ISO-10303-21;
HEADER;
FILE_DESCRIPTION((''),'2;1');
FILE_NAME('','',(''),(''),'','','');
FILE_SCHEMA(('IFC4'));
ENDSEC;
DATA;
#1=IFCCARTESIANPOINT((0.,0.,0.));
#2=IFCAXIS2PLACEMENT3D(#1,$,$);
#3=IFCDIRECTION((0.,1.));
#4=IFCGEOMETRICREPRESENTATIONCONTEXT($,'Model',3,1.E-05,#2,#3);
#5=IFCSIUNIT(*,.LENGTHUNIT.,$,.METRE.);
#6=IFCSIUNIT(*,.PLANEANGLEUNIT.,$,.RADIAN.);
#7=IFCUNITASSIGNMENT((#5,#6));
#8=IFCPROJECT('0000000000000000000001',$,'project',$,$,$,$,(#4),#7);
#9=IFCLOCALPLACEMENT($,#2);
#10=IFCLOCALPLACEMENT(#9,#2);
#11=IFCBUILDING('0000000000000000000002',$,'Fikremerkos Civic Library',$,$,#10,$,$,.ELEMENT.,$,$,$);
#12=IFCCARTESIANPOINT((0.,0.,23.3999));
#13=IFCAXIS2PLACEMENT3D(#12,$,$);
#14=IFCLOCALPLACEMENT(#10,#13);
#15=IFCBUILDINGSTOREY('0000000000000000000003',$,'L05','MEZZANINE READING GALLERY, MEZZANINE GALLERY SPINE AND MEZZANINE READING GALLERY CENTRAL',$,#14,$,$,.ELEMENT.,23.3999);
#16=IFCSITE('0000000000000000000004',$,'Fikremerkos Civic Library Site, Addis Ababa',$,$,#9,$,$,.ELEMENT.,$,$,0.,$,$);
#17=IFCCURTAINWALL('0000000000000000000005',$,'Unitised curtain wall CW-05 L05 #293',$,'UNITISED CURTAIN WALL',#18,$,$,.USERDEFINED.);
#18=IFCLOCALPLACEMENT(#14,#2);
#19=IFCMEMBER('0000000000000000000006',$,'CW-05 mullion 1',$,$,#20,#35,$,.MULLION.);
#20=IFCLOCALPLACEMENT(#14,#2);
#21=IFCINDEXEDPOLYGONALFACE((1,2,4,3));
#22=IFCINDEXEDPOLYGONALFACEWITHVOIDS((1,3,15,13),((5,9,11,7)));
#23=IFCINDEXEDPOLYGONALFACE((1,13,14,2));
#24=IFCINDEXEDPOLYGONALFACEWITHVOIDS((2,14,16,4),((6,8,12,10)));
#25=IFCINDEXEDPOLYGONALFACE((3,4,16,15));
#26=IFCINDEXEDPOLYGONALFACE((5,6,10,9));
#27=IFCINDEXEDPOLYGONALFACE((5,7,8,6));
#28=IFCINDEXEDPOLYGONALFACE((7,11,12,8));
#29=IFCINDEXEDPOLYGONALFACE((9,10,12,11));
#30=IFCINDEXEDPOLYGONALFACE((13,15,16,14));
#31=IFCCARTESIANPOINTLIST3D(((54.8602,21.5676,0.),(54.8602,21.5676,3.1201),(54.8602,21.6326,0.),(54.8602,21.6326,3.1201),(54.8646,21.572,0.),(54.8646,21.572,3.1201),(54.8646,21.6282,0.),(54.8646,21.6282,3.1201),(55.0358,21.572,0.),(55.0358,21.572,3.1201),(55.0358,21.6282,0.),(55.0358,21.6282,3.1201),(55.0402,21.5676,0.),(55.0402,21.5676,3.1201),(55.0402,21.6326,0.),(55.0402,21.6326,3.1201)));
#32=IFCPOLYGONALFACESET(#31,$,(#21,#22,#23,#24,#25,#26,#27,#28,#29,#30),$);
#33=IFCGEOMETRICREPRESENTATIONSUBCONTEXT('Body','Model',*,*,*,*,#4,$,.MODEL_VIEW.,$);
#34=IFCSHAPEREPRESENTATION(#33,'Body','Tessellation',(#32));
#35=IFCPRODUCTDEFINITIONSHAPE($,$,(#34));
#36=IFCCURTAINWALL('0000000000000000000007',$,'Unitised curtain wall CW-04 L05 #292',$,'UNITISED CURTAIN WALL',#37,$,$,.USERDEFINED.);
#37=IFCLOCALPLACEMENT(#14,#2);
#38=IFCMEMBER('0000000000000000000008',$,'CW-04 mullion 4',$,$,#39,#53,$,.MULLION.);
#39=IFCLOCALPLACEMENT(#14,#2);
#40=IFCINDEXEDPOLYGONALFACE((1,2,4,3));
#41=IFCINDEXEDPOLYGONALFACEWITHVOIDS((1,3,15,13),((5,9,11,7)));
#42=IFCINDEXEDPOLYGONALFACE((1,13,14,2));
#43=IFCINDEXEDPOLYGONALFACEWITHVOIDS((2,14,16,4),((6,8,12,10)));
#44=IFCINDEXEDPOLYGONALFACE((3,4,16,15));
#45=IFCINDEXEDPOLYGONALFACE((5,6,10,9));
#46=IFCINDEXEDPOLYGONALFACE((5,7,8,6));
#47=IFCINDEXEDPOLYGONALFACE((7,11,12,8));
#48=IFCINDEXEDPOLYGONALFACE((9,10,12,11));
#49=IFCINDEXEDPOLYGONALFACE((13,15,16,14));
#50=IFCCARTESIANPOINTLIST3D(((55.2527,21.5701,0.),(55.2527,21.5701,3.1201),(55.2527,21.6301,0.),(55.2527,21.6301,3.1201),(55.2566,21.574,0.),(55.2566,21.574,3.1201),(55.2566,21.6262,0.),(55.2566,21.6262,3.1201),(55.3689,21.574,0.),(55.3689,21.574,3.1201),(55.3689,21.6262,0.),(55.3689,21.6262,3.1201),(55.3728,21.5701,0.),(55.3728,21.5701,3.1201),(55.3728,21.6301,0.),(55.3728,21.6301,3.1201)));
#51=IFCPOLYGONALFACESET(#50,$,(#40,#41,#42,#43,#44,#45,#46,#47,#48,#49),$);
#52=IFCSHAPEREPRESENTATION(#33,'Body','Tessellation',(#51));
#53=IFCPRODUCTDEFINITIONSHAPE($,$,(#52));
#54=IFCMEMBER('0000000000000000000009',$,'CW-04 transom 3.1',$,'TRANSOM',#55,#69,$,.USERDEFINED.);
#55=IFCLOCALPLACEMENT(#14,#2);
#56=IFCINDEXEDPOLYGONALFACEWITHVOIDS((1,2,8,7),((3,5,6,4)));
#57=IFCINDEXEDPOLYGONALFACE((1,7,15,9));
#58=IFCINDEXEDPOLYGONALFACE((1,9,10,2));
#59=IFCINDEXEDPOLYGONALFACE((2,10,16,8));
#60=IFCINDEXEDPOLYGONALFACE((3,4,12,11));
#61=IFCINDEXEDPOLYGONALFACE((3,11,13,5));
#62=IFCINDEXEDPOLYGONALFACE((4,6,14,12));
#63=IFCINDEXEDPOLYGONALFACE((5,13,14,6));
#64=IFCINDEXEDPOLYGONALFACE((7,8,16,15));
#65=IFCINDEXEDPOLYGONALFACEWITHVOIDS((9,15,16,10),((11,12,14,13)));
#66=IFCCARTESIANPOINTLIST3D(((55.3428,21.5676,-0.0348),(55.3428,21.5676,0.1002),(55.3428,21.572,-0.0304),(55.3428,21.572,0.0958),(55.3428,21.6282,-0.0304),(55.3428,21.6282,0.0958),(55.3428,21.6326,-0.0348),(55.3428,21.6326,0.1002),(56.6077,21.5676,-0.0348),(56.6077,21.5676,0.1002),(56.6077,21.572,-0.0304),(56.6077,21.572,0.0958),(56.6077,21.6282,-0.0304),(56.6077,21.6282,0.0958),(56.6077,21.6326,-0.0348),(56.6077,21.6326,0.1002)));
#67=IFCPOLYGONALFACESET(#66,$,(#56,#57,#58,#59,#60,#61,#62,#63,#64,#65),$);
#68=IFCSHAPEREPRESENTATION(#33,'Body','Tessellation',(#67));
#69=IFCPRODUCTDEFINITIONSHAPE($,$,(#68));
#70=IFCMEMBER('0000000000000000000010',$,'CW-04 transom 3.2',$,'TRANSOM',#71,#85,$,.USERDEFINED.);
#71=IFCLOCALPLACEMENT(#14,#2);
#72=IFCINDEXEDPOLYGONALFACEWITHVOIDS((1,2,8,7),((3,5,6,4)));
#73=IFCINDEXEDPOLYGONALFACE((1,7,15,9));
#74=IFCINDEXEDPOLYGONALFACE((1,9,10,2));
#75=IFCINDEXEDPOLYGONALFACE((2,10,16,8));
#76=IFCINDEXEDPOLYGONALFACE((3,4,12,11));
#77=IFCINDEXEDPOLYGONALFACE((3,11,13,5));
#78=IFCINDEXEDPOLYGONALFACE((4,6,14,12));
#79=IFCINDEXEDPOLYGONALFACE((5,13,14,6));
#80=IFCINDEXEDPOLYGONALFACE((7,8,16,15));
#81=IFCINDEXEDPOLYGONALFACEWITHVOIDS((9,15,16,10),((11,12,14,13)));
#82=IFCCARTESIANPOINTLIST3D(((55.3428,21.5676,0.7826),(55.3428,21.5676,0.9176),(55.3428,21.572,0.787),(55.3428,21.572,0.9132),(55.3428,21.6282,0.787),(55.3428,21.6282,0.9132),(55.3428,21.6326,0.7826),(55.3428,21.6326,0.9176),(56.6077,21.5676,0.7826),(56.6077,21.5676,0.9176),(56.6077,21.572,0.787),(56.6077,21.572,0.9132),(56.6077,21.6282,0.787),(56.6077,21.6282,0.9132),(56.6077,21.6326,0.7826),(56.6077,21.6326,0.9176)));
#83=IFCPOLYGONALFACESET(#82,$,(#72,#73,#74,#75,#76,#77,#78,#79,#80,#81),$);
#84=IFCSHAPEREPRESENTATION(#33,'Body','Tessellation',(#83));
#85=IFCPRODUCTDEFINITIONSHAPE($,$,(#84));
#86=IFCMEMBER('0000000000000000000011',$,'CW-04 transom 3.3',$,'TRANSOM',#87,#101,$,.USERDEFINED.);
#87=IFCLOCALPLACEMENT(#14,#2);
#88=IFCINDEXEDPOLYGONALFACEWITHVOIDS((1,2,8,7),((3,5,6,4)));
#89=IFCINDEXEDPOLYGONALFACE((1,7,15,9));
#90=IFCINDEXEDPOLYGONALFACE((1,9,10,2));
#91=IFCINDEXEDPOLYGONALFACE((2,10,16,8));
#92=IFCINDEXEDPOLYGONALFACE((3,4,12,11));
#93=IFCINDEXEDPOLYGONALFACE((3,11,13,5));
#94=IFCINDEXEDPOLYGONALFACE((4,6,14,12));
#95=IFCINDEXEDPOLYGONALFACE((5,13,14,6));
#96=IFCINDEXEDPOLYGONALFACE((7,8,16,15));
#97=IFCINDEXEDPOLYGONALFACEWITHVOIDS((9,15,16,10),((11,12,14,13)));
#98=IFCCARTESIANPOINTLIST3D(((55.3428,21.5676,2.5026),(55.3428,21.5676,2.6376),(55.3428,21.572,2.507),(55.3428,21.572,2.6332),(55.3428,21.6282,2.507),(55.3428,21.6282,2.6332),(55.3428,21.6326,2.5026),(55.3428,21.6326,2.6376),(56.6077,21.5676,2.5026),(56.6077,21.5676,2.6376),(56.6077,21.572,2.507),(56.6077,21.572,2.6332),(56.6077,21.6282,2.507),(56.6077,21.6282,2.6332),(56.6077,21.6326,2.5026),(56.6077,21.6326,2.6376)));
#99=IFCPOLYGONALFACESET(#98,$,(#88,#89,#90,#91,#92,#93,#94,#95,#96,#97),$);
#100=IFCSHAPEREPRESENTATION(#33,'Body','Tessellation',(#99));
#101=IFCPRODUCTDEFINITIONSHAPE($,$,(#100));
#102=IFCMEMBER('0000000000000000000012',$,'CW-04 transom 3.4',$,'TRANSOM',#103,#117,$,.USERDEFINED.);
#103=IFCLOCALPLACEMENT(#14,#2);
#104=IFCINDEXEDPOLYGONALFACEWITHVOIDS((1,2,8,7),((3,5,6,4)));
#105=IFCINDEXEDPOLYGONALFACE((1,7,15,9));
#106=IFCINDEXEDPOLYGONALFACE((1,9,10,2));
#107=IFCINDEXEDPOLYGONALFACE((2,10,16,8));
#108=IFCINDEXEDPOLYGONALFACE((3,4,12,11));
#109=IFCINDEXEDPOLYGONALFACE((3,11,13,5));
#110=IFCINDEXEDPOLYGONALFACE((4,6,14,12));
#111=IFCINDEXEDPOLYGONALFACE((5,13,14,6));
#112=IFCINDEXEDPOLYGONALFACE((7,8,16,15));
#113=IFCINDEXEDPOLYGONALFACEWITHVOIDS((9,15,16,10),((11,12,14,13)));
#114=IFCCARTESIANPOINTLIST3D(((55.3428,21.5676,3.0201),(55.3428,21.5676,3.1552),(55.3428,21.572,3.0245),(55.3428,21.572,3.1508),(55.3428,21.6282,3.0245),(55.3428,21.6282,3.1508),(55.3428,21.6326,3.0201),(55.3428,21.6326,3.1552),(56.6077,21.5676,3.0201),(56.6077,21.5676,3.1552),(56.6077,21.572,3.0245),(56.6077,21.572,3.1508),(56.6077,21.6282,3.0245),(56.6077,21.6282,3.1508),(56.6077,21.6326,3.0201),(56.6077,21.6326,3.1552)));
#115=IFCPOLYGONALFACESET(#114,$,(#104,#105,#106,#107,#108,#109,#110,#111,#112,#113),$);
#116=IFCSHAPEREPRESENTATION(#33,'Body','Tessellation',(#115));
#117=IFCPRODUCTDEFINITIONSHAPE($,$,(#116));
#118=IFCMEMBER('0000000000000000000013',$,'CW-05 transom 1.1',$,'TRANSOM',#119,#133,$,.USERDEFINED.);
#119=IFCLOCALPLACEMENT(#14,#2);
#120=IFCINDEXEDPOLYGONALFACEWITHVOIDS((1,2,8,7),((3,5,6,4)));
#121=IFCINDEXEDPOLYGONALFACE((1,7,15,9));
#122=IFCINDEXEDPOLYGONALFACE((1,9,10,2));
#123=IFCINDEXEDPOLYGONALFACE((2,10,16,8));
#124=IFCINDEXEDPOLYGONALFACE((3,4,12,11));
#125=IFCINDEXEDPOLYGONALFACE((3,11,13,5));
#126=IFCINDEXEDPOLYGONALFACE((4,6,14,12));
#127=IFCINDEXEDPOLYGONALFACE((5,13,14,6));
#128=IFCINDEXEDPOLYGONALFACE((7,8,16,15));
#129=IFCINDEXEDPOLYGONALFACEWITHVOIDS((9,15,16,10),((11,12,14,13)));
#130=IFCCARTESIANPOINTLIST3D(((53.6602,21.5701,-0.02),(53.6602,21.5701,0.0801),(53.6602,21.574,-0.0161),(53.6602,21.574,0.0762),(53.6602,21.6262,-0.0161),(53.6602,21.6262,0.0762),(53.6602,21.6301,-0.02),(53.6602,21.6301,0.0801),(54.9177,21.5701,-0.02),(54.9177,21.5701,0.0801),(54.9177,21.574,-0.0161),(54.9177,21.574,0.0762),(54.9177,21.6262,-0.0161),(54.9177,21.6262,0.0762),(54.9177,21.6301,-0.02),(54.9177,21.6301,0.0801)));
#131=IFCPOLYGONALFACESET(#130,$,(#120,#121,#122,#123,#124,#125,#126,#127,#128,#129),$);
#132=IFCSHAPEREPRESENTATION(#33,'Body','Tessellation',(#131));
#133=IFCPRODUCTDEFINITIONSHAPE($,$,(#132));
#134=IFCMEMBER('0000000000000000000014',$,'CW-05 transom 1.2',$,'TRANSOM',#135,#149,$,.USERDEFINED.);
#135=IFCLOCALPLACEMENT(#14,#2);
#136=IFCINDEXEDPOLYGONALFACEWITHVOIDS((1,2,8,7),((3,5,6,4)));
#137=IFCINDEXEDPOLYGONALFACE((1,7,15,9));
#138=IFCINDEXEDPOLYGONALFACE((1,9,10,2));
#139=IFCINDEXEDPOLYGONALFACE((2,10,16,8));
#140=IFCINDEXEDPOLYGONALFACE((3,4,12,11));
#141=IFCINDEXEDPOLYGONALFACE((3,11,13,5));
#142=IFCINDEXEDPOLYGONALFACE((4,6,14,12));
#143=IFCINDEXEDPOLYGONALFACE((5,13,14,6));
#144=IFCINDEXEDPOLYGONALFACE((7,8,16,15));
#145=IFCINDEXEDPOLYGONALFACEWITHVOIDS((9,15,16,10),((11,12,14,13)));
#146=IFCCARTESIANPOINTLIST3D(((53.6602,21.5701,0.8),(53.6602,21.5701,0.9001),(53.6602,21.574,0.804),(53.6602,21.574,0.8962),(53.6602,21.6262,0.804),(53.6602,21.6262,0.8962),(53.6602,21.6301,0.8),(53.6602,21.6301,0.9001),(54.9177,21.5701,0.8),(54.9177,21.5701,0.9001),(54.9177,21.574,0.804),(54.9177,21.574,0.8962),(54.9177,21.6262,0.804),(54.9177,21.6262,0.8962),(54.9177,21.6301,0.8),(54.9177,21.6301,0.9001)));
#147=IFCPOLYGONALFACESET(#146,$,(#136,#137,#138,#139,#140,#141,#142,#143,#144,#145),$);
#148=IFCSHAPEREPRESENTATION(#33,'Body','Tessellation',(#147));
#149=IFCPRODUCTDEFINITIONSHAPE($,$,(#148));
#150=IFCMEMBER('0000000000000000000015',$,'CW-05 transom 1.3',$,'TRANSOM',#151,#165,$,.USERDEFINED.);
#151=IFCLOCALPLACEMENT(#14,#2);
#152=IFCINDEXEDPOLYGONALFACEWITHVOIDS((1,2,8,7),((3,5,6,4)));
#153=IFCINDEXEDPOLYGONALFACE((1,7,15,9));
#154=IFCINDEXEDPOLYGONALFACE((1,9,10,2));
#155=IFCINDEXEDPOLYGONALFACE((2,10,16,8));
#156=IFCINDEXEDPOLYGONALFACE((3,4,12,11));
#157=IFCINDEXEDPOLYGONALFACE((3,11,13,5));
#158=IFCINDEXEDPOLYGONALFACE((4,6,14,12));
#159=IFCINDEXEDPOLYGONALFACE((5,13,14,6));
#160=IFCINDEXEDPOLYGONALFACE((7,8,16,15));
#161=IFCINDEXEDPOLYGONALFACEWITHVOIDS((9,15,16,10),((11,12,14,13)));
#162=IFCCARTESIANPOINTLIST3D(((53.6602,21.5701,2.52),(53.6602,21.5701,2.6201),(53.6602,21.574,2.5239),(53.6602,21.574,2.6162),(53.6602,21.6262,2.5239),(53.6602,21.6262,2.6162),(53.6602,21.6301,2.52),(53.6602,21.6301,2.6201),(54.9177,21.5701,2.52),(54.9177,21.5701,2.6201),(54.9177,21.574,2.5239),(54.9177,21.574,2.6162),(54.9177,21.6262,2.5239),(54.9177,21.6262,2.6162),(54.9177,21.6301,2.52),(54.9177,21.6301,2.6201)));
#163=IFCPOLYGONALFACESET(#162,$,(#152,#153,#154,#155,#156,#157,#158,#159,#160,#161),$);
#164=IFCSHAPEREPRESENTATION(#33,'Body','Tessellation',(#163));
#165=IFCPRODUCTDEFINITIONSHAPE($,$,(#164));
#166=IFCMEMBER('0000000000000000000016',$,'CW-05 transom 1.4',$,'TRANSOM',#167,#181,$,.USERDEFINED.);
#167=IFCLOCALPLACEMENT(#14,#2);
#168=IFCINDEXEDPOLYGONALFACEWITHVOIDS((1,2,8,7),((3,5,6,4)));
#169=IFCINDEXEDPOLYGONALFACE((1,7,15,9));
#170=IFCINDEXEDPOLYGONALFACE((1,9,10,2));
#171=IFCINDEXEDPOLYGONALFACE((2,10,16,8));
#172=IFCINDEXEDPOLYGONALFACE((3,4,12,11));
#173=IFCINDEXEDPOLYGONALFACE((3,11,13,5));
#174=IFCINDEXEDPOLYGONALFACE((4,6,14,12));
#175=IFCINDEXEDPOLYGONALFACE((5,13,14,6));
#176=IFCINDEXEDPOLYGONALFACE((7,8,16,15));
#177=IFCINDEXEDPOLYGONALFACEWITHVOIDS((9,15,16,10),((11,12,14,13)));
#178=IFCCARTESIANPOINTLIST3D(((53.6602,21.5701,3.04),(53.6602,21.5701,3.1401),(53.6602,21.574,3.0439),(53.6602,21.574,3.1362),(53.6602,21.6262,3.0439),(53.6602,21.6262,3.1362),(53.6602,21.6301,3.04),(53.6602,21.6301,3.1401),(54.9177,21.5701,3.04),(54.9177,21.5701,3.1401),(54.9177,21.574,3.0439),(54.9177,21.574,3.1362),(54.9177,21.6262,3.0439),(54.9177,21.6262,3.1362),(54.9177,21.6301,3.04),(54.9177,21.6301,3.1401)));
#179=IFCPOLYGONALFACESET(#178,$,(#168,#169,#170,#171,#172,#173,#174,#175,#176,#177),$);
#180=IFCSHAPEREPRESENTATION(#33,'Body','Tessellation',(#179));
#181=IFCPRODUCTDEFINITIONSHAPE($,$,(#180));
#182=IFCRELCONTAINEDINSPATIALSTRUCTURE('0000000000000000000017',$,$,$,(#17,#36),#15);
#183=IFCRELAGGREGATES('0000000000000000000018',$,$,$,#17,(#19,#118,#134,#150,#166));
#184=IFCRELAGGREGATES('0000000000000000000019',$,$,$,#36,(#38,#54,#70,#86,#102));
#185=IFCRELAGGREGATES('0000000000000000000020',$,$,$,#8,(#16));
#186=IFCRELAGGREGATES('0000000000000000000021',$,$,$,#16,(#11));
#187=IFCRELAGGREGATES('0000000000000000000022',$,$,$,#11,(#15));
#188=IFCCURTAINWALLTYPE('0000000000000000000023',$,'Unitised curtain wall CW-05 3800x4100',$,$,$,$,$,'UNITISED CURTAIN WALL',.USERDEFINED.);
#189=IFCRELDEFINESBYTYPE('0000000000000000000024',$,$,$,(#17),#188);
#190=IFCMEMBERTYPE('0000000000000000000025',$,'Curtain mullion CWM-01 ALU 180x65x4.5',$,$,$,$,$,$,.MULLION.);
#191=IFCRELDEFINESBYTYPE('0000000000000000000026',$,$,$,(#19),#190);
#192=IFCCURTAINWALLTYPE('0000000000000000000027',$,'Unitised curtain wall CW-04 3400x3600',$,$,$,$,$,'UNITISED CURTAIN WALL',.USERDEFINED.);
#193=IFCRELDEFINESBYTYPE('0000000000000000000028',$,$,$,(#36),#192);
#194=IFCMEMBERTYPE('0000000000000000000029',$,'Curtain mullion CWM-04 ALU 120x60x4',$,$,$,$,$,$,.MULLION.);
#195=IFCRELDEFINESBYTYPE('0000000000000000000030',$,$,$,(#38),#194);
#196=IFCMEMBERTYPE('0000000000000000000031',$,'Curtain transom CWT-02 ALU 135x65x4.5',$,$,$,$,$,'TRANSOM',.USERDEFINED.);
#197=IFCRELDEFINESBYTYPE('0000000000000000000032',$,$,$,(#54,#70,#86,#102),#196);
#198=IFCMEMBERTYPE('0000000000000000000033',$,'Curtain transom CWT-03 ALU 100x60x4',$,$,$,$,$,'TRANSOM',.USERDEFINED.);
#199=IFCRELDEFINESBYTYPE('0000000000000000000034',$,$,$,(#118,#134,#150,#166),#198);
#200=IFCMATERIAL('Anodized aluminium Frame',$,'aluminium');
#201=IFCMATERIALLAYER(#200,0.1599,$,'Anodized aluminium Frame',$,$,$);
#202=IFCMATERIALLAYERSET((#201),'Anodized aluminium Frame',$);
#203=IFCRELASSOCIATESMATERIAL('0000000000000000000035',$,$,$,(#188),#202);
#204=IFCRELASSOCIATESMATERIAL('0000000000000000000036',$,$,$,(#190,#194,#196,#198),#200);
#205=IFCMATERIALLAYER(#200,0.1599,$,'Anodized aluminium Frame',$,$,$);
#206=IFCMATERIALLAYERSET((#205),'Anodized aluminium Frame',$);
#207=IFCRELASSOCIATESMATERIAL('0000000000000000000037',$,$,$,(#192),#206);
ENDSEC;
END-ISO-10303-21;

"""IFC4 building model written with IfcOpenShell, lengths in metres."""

from ifc_helpers import new_model, si_unit, direction, frame, origin, origin_2d, place, context, subcontext, project, spatial, hollow_rectangle, extrude, material, layer, layer_set, material_profile, profile_set, type_object, element, aggregate, save


model = new_model("IFC4")

# Units and contexts
model_context = context("Model", 3, precision=1e-05, world=origin(), true_north=direction((0.0, 1.0)))
body_context = subcontext(model_context, "Body", "Model", "MODEL_VIEW")
ifc_project = project(units=[si_unit("LENGTHUNIT", "METRE"), si_unit("PLANEANGLEUNIT", "RADIAN")], contexts=[model_context])

# Site, building, storey
site_placement = place(None, origin())
site = spatial("IfcSite", under=ifc_project, at=site_placement, Name="Fikremerkos Civic Library Site, Addis Ababa", CompositionType="ELEMENT", RefElevation=0.0)
building_placement = place(site_placement, origin())
building = spatial("IfcBuilding", under=site, at=building_placement, Name="Fikremerkos Civic Library", CompositionType="ELEMENT")
storey_placement = place(building_placement, frame((0.0, 0.0, 23.3999)))
storey = spatial("IfcBuildingStorey", under=building, at=storey_placement, Name="L05", Description="MEZZANINE READING GALLERY, MEZZANINE GALLERY SPINE AND MEZZANINE READING GALLERY CENTRAL", CompositionType="ELEMENT", Elevation=23.3999)

# Curtain wall, member
ifc_material_1 = material(Name="Anodized aluminium Frame", Category="aluminium")
ifc_layer_1 = layer(ifc_material_1, 0.1599, Name="Anodized aluminium Frame")
ifc_layer_set_1 = layer_set([ifc_layer_1], Name="Anodized aluminium Frame")
curtain_wall_type_1 = type_object("IfcCurtainWallType", Name="Unitised curtain wall CW-05 3800x4100", ElementType="UNITISED CURTAIN WALL", PredefinedType="USERDEFINED", material=ifc_layer_set_1)
curtain_wall_1_placement = place(storey_placement, origin())
curtain_wall_1 = element("IfcCurtainWall", 1, at=curtain_wall_1_placement, inside=storey, type_object=curtain_wall_type_1, Name="Unitised curtain wall CW-05 L05 #293", ObjectType="UNITISED CURTAIN WALL", PredefinedType="USERDEFINED")
ifc_material_profile_1 = material_profile(ifc_material_1, hollow_rectangle(XDim=0.0649, YDim=0.1799, WallThickness=0.0044, at=origin_2d()), Name="ALU 180x65x4.5")
ifc_profile_set_1 = profile_set([ifc_material_profile_1], Name="Anodized aluminium Frame")
member_type_1 = type_object("IfcMemberType", Name="Curtain mullion CWM-01 ALU 180x65x4.5", PredefinedType="MULLION", material=ifc_profile_set_1)
member_1_placement = place(storey_placement, frame((54.9502, 21.6001, 0.0), z_axis=(0.0, 0.0, 1.0), x_axis=(0.0, -1.0, 0.0)))
member_1 = element("IfcMember", 2, at=member_1_placement, type_object=member_type_1, Name="CW-05 mullion 1", PredefinedType="MULLION", context=body_context, shape_type="SweptSolid", body=[
    extrude(hollow_rectangle(XDim=0.0649, YDim=0.1799, WallThickness=0.0044, at=origin_2d()), origin(), (0.0, 0.0, 1.0), 3.1201),
])

# Curtain wall, members
ifc_layer_2 = layer(ifc_material_1, 0.1599, Name="Anodized aluminium Frame")
ifc_layer_set_2 = layer_set([ifc_layer_2], Name="Anodized aluminium Frame")
curtain_wall_type_2 = type_object("IfcCurtainWallType", Name="Unitised curtain wall CW-04 3400x3600", ElementType="UNITISED CURTAIN WALL", PredefinedType="USERDEFINED", material=ifc_layer_set_2)
curtain_wall_2_placement = place(storey_placement, origin())
curtain_wall_2 = element("IfcCurtainWall", 3, at=curtain_wall_2_placement, inside=storey, type_object=curtain_wall_type_2, Name="Unitised curtain wall CW-04 L05 #292", ObjectType="UNITISED CURTAIN WALL", PredefinedType="USERDEFINED")
ifc_material_profile_2 = material_profile(ifc_material_1, hollow_rectangle(XDim=0.0601, YDim=0.1201, WallThickness=0.0039, at=origin_2d()), Name="ALU 120x60x4")
ifc_profile_set_2 = profile_set([ifc_material_profile_2], Name="Anodized aluminium Frame")
member_type_2 = type_object("IfcMemberType", Name="Curtain mullion CWM-04 ALU 120x60x4", PredefinedType="MULLION", material=ifc_profile_set_2)
member_2_placement = place(storey_placement, frame((55.3127, 21.6001, 0.0), z_axis=(0.0, 0.0, 1.0), x_axis=(0.0, -1.0, 0.0)))
member_2 = element("IfcMember", 4, at=member_2_placement, type_object=member_type_2, Name="CW-04 mullion 4", PredefinedType="MULLION", context=body_context, shape_type="SweptSolid", body=[
    extrude(hollow_rectangle(XDim=0.0601, YDim=0.1201, WallThickness=0.0039, at=origin_2d()), origin(), (0.0, 0.0, 1.0), 3.1201),
])
ifc_material_profile_3 = material_profile(ifc_material_1, hollow_rectangle(XDim=0.0649, YDim=0.135, WallThickness=0.0044, at=origin_2d()), Name="ALU 135x65x4.5")
ifc_profile_set_3 = profile_set([ifc_material_profile_3], Name="Anodized aluminium Frame")
member_type_3 = type_object("IfcMemberType", Name="Curtain transom CWT-02 ALU 135x65x4.5", ElementType="TRANSOM", PredefinedType="USERDEFINED", material=ifc_profile_set_3)
member_3_placement = place(storey_placement, frame((56.6077, 21.6001, 0.0327), z_axis=(-1.0, 0.0, 0.0), x_axis=(0.0, -1.0, 0.0)))
member_3 = element("IfcMember", 5, at=member_3_placement, type_object=member_type_3, Name="CW-04 transom 3.1", ObjectType="TRANSOM", PredefinedType="USERDEFINED", context=body_context, shape_type="SweptSolid", body=[
    extrude(hollow_rectangle(XDim=0.0649, YDim=0.135, WallThickness=0.0044, at=origin_2d()), origin(), (0.0, 0.0, 1.0), 1.2649),
])
member_4_placement = place(storey_placement, frame((56.6077, 21.6001, 0.8501), z_axis=(-1.0, 0.0, 0.0), x_axis=(0.0, -1.0, 0.0)))
member_4 = element("IfcMember", 6, at=member_4_placement, type_object=member_type_3, Name="CW-04 transom 3.2", ObjectType="TRANSOM", PredefinedType="USERDEFINED", context=body_context, shape_type="SweptSolid", body=[
    extrude(hollow_rectangle(XDim=0.0649, YDim=0.135, WallThickness=0.0044, at=origin_2d()), origin(), (0.0, 0.0, 1.0), 1.2649),
])
member_5_placement = place(storey_placement, frame((56.6077, 21.6001, 2.5701), z_axis=(-1.0, 0.0, 0.0), x_axis=(0.0, -1.0, 0.0)))
member_5 = element("IfcMember", 7, at=member_5_placement, type_object=member_type_3, Name="CW-04 transom 3.3", ObjectType="TRANSOM", PredefinedType="USERDEFINED", context=body_context, shape_type="SweptSolid", body=[
    extrude(hollow_rectangle(XDim=0.0649, YDim=0.135, WallThickness=0.0044, at=origin_2d()), origin(), (0.0, 0.0, 1.0), 1.2649),
])
member_6_placement = place(storey_placement, frame((56.6077, 21.6001, 3.0876), z_axis=(-1.0, 0.0, 0.0), x_axis=(0.0, -1.0, 0.0)))
member_6 = element("IfcMember", 8, at=member_6_placement, type_object=member_type_3, Name="CW-04 transom 3.4", ObjectType="TRANSOM", PredefinedType="USERDEFINED", context=body_context, shape_type="SweptSolid", body=[
    extrude(hollow_rectangle(XDim=0.0649, YDim=0.135, WallThickness=0.0044, at=origin_2d()), origin(), (0.0, 0.0, 1.0), 1.2649),
])

# Members
ifc_material_profile_4 = material_profile(ifc_material_1, hollow_rectangle(XDim=0.0601, YDim=0.1001, WallThickness=0.0039, at=origin_2d()), Name="ALU 100x60x4")
ifc_profile_set_4 = profile_set([ifc_material_profile_4], Name="Anodized aluminium Frame")
member_type_4 = type_object("IfcMemberType", Name="Curtain transom CWT-03 ALU 100x60x4", ElementType="TRANSOM", PredefinedType="USERDEFINED", material=ifc_profile_set_4)
member_7_placement = place(storey_placement, frame((54.9177, 21.6001, 0.03), z_axis=(-1.0, 0.0, 0.0), x_axis=(0.0, -1.0, 0.0)))
member_7 = element("IfcMember", 9, at=member_7_placement, type_object=member_type_4, Name="CW-05 transom 1.1", ObjectType="TRANSOM", PredefinedType="USERDEFINED", context=body_context, shape_type="SweptSolid", body=[
    extrude(hollow_rectangle(XDim=0.0601, YDim=0.1001, WallThickness=0.0039, at=origin_2d()), origin(), (0.0, 0.0, 1.0), 1.2576),
])
member_8_placement = place(storey_placement, frame((54.9177, 21.6001, 0.8501), z_axis=(-1.0, 0.0, 0.0), x_axis=(0.0, -1.0, 0.0)))
member_8 = element("IfcMember", 10, at=member_8_placement, type_object=member_type_4, Name="CW-05 transom 1.2", ObjectType="TRANSOM", PredefinedType="USERDEFINED", context=body_context, shape_type="SweptSolid", body=[
    extrude(hollow_rectangle(XDim=0.0601, YDim=0.1001, WallThickness=0.0039, at=origin_2d()), origin(), (0.0, 0.0, 1.0), 1.2576),
])
member_9_placement = place(storey_placement, frame((54.9177, 21.6001, 2.5701), z_axis=(-1.0, 0.0, 0.0), x_axis=(0.0, -1.0, 0.0)))
member_9 = element("IfcMember", 11, at=member_9_placement, type_object=member_type_4, Name="CW-05 transom 1.3", ObjectType="TRANSOM", PredefinedType="USERDEFINED", context=body_context, shape_type="SweptSolid", body=[
    extrude(hollow_rectangle(XDim=0.0601, YDim=0.1001, WallThickness=0.0039, at=origin_2d()), origin(), (0.0, 0.0, 1.0), 1.2576),
])
member_10_placement = place(storey_placement, frame((54.9177, 21.6001, 3.0901), z_axis=(-1.0, 0.0, 0.0), x_axis=(0.0, -1.0, 0.0)))
member_10 = element("IfcMember", 12, at=member_10_placement, type_object=member_type_4, Name="CW-05 transom 1.4", ObjectType="TRANSOM", PredefinedType="USERDEFINED", context=body_context, shape_type="SweptSolid", body=[
    extrude(hollow_rectangle(XDim=0.0601, YDim=0.1001, WallThickness=0.0039, at=origin_2d()), origin(), (0.0, 0.0, 1.0), 1.2576),
])

aggregate(curtain_wall_1, [member_1, member_7, member_8, member_9, member_10])
aggregate(curtain_wall_2, [member_2, member_3, member_4, member_5, member_6])

save(model, "model.ifc")
